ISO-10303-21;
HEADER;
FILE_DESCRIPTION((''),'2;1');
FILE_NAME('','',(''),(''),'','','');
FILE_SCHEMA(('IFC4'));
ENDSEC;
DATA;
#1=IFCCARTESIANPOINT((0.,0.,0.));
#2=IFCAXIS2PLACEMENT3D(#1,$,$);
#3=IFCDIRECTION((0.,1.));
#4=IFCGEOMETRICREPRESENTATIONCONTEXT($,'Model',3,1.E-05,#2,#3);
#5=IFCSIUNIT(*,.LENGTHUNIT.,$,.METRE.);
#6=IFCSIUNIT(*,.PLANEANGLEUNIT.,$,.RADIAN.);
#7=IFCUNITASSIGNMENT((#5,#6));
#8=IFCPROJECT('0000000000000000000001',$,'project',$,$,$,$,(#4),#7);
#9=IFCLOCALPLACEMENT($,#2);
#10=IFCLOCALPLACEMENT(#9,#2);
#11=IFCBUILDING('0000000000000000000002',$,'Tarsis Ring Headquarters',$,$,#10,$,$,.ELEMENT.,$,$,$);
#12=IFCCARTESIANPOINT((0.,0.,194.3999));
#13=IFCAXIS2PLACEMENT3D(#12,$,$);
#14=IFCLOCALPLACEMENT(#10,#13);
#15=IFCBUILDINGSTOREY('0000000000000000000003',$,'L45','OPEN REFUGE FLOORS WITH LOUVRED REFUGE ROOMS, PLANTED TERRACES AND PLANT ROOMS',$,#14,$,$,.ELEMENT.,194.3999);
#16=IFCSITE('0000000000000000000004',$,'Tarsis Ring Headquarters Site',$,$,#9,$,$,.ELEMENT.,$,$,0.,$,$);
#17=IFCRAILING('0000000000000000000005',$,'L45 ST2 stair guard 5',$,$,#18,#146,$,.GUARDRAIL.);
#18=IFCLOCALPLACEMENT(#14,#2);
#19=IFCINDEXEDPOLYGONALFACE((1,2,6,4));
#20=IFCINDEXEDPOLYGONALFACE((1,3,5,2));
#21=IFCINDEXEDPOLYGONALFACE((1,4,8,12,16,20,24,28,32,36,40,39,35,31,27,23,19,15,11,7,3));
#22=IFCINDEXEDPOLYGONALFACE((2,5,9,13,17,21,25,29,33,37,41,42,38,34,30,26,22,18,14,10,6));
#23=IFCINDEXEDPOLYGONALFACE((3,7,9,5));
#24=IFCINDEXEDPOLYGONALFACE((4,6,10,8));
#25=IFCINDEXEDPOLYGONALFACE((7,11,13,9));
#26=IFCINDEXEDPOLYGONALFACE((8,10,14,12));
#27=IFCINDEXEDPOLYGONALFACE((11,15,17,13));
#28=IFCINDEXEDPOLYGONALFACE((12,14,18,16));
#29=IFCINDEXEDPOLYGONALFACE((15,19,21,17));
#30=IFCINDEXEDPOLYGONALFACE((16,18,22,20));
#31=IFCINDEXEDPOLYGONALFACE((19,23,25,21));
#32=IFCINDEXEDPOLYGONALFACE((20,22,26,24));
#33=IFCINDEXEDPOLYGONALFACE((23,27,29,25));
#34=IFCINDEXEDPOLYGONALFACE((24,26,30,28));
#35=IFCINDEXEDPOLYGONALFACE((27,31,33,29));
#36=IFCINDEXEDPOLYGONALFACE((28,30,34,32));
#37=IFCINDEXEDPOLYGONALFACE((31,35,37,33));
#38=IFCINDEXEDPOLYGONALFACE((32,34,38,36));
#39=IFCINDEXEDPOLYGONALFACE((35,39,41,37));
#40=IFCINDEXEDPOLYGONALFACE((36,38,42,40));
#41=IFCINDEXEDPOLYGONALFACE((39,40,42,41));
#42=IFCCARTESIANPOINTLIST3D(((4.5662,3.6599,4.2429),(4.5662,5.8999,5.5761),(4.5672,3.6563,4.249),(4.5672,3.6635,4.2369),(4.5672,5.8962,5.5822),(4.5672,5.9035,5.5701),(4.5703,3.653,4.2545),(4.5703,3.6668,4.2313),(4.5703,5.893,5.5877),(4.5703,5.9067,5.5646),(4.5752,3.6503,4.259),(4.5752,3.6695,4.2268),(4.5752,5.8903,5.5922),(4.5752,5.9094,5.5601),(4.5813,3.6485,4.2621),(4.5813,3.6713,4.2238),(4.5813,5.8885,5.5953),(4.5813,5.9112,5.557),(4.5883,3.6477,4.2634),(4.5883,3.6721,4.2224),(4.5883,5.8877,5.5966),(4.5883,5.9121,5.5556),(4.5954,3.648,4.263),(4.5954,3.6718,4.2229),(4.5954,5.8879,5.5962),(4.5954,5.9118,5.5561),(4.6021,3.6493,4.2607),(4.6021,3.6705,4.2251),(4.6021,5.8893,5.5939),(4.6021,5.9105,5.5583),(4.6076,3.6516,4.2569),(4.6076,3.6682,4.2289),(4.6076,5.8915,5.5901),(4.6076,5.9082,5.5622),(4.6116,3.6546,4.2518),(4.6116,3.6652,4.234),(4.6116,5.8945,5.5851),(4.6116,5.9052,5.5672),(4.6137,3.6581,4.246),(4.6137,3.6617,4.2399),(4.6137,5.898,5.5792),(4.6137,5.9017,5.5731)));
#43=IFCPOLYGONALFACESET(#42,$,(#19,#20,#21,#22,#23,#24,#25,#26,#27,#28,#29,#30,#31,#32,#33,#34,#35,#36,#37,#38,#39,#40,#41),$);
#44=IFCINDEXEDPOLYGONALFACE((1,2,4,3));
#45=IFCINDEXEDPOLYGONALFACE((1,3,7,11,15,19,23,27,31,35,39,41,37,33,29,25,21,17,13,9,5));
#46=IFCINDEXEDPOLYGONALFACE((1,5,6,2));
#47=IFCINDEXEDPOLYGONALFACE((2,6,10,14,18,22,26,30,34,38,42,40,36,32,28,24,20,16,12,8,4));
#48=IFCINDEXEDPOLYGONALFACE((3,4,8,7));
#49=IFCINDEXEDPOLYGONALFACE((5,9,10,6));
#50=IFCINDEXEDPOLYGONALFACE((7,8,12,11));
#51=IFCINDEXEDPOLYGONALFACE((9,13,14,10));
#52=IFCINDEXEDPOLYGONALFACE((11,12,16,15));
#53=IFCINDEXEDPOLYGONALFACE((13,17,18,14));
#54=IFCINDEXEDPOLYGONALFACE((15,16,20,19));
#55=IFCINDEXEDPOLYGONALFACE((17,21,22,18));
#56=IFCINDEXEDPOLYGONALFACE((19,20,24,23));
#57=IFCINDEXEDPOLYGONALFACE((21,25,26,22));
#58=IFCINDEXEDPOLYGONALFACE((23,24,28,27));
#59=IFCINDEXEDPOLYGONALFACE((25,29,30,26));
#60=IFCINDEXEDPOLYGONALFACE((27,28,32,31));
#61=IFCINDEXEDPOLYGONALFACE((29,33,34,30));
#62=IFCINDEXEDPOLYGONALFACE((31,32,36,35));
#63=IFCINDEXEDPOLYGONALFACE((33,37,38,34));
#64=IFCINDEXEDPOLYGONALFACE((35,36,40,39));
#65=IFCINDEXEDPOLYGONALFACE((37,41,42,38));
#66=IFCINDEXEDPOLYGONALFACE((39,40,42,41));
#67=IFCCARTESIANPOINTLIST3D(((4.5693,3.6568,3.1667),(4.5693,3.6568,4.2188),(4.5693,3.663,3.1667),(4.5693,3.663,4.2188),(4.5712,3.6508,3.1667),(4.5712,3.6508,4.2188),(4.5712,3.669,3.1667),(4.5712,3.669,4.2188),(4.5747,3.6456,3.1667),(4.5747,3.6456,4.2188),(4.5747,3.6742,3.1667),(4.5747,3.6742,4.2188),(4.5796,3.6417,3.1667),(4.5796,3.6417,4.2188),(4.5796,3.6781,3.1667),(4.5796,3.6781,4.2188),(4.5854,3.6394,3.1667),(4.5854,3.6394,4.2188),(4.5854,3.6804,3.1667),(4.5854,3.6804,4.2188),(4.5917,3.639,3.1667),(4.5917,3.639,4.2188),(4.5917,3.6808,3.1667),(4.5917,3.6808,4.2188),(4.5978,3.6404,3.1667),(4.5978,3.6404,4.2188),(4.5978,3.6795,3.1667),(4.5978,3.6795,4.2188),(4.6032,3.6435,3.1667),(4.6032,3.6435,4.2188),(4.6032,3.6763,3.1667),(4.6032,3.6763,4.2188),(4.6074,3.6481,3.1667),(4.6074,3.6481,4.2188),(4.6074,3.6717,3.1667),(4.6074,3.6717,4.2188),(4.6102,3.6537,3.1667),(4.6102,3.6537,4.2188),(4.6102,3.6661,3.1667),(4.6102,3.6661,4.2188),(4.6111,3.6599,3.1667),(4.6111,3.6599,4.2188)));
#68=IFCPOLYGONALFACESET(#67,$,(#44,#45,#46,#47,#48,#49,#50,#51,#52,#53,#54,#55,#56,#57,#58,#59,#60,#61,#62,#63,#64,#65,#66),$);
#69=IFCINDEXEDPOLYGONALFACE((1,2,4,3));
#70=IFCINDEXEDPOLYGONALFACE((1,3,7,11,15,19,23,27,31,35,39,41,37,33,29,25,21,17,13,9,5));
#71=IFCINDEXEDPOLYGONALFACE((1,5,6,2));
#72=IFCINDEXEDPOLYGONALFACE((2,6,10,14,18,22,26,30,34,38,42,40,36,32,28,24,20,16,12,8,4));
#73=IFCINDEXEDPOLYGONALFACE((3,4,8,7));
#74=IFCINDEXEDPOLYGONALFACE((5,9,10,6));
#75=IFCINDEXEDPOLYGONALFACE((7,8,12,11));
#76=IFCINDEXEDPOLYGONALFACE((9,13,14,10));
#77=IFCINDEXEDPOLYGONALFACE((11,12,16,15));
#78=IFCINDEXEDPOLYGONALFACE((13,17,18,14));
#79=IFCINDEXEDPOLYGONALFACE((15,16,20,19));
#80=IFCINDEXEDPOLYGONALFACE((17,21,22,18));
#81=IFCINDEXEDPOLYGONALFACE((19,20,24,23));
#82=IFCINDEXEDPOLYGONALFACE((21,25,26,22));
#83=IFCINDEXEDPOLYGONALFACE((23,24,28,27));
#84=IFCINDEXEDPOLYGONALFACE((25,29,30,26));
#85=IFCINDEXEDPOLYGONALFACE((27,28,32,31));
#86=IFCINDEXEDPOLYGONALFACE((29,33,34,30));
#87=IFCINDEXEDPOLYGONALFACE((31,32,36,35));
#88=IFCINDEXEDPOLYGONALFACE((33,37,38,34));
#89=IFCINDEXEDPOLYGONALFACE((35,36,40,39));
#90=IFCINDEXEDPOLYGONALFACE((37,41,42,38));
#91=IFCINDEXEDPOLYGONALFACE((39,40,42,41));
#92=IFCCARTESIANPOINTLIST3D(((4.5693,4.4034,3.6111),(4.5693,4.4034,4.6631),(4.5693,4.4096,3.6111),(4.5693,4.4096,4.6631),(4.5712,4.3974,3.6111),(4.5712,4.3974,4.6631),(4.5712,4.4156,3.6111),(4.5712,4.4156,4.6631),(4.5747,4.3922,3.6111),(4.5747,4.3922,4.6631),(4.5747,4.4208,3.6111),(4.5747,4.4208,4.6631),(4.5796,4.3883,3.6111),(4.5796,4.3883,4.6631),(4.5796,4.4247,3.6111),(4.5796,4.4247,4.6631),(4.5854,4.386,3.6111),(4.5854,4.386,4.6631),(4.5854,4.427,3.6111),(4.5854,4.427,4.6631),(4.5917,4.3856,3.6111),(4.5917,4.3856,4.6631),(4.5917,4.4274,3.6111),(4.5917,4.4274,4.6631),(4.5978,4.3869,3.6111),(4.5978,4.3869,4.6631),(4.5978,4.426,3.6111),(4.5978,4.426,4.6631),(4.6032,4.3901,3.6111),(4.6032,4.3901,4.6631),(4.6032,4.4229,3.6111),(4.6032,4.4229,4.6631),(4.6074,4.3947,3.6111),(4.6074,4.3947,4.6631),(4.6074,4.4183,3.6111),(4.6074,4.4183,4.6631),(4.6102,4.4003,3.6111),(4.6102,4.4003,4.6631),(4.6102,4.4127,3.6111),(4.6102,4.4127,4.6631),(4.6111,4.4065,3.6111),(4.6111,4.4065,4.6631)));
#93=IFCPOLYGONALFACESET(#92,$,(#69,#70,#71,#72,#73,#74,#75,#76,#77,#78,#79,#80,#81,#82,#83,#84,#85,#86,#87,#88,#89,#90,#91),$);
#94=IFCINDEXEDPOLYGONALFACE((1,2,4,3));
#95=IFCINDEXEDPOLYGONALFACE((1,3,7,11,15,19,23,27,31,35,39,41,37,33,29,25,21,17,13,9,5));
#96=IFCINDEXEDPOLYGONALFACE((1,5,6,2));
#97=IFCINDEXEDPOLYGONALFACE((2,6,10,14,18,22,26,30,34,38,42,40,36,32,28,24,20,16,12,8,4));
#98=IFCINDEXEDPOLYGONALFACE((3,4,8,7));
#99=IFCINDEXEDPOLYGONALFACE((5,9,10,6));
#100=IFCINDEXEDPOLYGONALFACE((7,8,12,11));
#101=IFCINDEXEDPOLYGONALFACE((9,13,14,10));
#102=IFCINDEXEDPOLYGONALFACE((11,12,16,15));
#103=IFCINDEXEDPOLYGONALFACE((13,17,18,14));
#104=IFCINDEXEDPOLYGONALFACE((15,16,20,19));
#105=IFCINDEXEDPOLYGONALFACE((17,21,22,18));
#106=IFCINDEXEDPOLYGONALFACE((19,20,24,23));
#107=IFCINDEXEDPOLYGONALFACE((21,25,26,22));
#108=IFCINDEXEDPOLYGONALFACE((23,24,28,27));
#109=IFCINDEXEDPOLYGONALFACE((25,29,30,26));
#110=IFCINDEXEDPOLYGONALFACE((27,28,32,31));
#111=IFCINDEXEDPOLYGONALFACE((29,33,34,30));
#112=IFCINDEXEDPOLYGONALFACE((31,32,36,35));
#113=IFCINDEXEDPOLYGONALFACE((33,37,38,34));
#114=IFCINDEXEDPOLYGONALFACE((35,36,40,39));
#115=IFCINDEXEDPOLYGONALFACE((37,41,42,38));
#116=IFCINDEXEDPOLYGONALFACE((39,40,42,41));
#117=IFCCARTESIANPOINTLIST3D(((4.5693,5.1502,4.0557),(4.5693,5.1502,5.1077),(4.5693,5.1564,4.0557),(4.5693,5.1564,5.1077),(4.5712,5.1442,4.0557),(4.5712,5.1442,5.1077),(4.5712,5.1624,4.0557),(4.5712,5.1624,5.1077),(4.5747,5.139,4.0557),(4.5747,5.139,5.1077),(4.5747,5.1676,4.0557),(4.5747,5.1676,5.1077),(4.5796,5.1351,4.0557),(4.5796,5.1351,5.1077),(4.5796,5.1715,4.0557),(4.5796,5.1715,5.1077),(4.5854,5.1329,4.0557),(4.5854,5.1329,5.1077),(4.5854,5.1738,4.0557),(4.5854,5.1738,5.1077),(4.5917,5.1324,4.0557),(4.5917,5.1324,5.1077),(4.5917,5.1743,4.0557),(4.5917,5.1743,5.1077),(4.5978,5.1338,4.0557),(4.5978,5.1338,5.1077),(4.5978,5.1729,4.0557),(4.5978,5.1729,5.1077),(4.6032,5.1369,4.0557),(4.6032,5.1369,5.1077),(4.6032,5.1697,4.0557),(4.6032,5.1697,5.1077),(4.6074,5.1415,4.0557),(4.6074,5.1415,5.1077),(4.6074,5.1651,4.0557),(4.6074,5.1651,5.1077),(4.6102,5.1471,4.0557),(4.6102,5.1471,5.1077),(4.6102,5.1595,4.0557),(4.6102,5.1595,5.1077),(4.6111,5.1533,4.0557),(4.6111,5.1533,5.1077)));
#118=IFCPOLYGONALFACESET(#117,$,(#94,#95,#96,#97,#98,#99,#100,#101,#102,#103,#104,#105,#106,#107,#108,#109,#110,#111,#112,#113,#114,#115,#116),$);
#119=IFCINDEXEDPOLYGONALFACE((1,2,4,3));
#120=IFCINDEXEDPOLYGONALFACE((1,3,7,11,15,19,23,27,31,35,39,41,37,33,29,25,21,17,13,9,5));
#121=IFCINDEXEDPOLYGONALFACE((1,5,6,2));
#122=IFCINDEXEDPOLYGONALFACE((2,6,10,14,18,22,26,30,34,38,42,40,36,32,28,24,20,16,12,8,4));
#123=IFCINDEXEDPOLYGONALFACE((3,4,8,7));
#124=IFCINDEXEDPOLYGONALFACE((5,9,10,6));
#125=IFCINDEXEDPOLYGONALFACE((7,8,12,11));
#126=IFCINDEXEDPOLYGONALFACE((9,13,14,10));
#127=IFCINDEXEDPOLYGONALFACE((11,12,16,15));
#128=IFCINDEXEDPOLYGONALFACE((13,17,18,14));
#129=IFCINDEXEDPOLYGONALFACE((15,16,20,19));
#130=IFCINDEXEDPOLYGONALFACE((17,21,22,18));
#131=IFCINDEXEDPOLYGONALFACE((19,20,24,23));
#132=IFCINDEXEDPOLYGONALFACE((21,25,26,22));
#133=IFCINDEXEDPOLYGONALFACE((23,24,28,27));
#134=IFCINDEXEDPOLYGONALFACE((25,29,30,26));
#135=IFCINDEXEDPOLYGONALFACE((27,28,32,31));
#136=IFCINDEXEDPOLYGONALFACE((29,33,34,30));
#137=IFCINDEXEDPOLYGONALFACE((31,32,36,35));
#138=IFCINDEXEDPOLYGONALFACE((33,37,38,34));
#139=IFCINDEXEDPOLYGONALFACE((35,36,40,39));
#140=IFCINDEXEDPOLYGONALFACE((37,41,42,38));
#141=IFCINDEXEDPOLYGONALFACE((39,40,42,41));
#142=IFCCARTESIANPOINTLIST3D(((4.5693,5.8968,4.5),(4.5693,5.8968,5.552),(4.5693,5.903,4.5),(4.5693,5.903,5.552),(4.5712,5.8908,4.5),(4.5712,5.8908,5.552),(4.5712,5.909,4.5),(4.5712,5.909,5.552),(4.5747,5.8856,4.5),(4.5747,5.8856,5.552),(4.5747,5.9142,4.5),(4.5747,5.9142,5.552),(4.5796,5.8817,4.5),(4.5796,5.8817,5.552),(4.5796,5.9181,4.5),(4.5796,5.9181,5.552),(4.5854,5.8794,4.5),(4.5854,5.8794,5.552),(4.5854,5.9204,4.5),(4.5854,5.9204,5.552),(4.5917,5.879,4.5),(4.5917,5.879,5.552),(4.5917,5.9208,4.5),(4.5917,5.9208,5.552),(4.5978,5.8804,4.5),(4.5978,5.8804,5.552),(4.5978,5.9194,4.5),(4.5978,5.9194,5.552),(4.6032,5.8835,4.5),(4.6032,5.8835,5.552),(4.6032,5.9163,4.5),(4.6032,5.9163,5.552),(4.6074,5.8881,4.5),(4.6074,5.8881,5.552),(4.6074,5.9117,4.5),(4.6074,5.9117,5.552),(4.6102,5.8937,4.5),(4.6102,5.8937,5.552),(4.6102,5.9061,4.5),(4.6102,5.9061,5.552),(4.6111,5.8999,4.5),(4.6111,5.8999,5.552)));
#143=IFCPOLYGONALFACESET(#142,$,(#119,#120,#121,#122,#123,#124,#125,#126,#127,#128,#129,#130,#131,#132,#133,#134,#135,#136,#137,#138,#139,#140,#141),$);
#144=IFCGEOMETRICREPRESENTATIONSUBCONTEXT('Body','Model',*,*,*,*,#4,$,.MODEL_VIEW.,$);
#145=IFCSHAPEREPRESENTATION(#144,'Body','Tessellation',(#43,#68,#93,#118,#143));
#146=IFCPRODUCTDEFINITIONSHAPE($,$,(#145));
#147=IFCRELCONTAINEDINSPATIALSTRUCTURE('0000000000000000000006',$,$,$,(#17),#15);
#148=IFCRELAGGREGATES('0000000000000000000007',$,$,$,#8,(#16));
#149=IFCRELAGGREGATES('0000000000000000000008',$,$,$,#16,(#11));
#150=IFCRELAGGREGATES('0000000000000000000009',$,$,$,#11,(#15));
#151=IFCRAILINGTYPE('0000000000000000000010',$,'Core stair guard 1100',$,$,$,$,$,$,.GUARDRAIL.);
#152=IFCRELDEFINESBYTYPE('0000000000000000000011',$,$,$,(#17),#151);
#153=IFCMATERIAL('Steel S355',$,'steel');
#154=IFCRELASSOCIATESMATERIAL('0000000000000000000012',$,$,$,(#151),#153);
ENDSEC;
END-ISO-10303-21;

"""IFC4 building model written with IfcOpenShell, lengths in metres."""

from ifc_helpers import new_model, si_unit, direction, frame, origin, origin_2d, place, context, subcontext, project, spatial, circle, extrude, material, type_object, element, save


model = new_model("IFC4")

# Units and contexts
model_context = context("Model", 3, precision=1e-05, world=origin(), true_north=direction((0.0, 1.0)))
body_context = subcontext(model_context, "Body", "Model", "MODEL_VIEW")
ifc_project = project(units=[si_unit("LENGTHUNIT", "METRE"), si_unit("PLANEANGLEUNIT", "RADIAN")], contexts=[model_context])

# Site, building, storey
site_placement = place(None, origin())
site = spatial("IfcSite", under=ifc_project, at=site_placement, Name="Tarsis Ring Headquarters Site", CompositionType="ELEMENT", RefElevation=0.0)
building_placement = place(site_placement, origin())
building = spatial("IfcBuilding", under=site, at=building_placement, Name="Tarsis Ring Headquarters", CompositionType="ELEMENT")
storey_placement = place(building_placement, frame((0.0, 0.0, 194.3999)))
storey = spatial("IfcBuildingStorey", under=building, at=storey_placement, Name="L45", Description="OPEN REFUGE FLOORS WITH LOUVRED REFUGE ROOMS, PLANTED TERRACES AND PLANT ROOMS", CompositionType="ELEMENT", Elevation=194.3999)

# Shared definitions
ifc_material_1 = material(Name="Steel S355", Category="steel")

# Railing
railing_type_1 = type_object("IfcRailingType", Name="Core stair guard 1100", PredefinedType="GUARDRAIL", material=ifc_material_1)
railing_1_placement = place(storey_placement, frame((4.5901, 3.6599, 3.1667)))
element("IfcRailing", 1, at=railing_1_placement, inside=storey, type_object=railing_type_1, Name="L45 ST2 stair guard 5", PredefinedType="GUARDRAIL", context=body_context, shape_type="SweptSolid", body=[
    extrude(circle(Radius=0.0239, at=origin_2d()), frame((0.0, 0.0, 1.0762), z_axis=(0.0, 0.859306, 0.511462), x_axis=(-1.0, 0.0, 0.0)), (0.0, 0.0, 1.0), 2.6067),
    extrude(circle(Radius=0.021, at=origin_2d()), origin(), (0.0, 0.0, 1.0), 1.052),
    extrude(circle(Radius=0.021, at=origin_2d()), frame((0.0, 0.7466, 0.4443)), (0.0, 0.0, 1.0), 1.052),
    extrude(circle(Radius=0.021, at=origin_2d()), frame((0.0, 1.4934, 0.8889)), (0.0, 0.0, 1.0), 1.052),
    extrude(circle(Radius=0.021, at=origin_2d()), frame((0.0, 2.24, 1.3333)), (0.0, 0.0, 1.0), 1.052),
])

save(model, "model.ifc")
